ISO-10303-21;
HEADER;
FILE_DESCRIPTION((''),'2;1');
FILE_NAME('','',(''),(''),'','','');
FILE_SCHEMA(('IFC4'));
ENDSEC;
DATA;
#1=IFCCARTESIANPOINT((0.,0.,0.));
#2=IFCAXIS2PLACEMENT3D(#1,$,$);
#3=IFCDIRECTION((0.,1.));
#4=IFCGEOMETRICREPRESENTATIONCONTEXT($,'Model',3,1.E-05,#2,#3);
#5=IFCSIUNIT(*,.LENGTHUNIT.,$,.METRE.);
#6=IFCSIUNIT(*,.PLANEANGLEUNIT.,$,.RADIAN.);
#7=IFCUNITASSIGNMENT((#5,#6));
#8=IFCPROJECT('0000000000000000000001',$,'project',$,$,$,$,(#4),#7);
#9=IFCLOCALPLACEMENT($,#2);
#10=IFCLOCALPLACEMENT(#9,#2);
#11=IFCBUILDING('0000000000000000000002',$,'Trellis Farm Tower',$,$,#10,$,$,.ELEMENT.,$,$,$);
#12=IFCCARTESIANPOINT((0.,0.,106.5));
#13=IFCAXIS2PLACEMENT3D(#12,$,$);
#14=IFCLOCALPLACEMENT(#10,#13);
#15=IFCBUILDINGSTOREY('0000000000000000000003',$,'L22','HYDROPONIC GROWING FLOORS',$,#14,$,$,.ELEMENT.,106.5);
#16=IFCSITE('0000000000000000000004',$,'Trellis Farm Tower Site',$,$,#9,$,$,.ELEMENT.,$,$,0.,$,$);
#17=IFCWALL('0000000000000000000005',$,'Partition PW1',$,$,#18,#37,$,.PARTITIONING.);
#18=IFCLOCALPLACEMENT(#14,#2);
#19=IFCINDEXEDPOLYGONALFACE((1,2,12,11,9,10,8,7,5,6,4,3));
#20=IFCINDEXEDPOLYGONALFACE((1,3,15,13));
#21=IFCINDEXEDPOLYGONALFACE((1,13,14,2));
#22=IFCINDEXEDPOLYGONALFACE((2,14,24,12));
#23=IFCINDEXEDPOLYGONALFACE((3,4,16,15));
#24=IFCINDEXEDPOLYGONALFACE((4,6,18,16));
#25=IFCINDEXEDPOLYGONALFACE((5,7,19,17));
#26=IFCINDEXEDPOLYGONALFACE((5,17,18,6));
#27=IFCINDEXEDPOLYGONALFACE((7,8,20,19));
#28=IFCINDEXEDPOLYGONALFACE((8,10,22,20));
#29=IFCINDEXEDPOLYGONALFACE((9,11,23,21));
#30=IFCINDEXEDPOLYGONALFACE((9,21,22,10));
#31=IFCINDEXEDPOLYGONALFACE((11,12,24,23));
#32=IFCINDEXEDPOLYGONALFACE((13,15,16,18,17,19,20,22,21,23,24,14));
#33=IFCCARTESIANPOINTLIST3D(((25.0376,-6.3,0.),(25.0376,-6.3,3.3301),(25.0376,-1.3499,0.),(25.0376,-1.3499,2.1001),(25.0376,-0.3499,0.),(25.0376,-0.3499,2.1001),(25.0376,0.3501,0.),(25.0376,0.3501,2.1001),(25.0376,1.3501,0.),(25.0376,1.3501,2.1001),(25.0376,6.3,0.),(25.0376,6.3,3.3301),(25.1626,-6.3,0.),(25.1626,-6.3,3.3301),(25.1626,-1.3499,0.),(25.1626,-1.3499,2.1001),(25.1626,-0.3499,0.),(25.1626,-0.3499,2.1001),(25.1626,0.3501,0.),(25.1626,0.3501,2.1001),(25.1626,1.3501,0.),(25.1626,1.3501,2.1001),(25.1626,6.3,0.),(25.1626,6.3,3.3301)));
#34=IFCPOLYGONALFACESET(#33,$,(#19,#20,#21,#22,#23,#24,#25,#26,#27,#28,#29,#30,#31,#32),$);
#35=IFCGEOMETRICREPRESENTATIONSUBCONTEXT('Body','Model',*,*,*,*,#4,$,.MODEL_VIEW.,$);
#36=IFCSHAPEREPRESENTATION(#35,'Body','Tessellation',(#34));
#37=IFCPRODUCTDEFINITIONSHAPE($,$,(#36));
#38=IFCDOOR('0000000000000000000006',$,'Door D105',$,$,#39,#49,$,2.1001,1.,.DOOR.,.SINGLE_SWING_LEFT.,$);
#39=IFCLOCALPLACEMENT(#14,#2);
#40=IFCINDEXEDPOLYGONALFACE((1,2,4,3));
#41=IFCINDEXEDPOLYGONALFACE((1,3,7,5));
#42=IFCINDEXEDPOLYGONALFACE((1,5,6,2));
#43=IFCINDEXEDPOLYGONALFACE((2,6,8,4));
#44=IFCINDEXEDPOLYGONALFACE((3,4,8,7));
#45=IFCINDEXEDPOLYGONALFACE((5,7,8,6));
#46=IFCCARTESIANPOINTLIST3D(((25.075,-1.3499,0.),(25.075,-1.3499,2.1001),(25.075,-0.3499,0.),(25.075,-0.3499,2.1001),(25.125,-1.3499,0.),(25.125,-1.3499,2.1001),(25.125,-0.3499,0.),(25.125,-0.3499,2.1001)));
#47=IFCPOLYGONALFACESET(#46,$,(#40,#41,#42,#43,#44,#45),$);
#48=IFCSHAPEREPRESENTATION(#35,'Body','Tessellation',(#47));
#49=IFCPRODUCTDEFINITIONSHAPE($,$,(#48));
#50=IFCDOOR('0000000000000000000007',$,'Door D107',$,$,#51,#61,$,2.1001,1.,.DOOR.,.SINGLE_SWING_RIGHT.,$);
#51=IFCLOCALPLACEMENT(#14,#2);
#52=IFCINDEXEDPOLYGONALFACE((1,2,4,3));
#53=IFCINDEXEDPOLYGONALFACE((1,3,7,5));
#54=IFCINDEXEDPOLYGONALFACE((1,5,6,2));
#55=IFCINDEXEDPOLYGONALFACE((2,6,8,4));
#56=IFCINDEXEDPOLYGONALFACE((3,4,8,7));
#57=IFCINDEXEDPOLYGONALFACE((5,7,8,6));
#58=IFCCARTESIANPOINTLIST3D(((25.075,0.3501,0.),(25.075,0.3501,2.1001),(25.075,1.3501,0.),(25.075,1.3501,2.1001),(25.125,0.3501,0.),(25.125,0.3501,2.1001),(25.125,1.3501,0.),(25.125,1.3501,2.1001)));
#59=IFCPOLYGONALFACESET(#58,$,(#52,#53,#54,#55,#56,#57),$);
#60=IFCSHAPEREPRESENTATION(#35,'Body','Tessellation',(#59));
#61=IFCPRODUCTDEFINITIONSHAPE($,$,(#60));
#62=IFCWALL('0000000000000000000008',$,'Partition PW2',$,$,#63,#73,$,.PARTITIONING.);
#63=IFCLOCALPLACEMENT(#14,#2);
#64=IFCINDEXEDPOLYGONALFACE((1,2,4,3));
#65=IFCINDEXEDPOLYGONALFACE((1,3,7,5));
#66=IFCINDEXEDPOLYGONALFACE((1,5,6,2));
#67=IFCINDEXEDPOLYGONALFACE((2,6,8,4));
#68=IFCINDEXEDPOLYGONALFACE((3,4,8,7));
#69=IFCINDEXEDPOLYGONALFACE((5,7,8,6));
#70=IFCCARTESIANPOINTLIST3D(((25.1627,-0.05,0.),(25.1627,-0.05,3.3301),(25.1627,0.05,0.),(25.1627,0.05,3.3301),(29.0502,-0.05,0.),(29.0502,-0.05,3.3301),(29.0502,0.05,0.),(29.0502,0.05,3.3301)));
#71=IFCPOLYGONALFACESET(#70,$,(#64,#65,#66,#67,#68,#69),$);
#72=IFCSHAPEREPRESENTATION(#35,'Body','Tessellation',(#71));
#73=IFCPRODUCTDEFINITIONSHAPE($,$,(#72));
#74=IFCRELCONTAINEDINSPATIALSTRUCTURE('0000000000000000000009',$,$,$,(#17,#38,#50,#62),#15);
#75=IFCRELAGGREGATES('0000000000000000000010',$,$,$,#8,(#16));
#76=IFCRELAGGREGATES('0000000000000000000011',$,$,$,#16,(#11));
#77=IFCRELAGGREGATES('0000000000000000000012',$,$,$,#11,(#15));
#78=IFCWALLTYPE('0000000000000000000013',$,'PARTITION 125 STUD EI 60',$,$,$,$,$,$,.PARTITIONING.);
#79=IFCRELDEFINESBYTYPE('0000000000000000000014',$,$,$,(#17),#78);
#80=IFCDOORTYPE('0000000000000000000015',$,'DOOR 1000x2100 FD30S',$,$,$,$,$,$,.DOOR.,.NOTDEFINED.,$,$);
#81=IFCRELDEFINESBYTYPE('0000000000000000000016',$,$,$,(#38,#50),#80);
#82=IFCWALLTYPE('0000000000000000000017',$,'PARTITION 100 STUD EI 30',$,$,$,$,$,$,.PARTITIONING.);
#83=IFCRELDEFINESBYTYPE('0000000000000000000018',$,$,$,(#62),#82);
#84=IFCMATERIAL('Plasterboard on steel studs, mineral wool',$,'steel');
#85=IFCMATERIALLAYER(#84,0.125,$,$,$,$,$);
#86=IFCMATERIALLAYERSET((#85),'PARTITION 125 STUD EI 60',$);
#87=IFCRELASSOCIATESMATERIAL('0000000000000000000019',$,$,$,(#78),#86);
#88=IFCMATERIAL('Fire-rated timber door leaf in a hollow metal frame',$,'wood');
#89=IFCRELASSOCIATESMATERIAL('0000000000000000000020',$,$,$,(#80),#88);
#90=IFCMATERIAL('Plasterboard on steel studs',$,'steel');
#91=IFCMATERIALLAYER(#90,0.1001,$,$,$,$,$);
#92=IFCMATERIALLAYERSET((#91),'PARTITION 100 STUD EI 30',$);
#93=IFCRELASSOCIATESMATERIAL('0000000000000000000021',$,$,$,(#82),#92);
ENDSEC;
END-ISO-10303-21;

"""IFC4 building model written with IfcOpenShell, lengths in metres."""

from ifc_helpers import new_model, si_unit, direction, frame, frame_2d, origin, place, context, subcontext, project, spatial, rectangle, extrude, source, transform, mapped, material, layer, layer_set, type_object, element, fill, save


model = new_model("IFC4")

# Units and contexts
model_context = context("Model", 3, precision=1e-05, world=origin(), true_north=direction((0.0, 1.0)))
body_context = subcontext(model_context, "Body", "Model", "MODEL_VIEW")
ifc_project = project(units=[si_unit("LENGTHUNIT", "METRE"), si_unit("PLANEANGLEUNIT", "RADIAN")], contexts=[model_context])

# Site, building, storey
site_placement = place(None, origin())
site = spatial("IfcSite", under=ifc_project, at=site_placement, Name="Trellis Farm Tower Site", CompositionType="ELEMENT", RefElevation=0.0)
building_placement = place(site_placement, origin())
building = spatial("IfcBuilding", under=site, at=building_placement, Name="Trellis Farm Tower", CompositionType="ELEMENT")
storey_placement = place(building_placement, frame((0.0, 0.0, 106.5)))
storey = spatial("IfcBuildingStorey", under=building, at=storey_placement, Name="L22", Description="HYDROPONIC GROWING FLOORS", CompositionType="ELEMENT", Elevation=106.5)

# Wall, openings, doors
ifc_material_1 = material(Name="Plasterboard on steel studs, mineral wool", Category="steel")
ifc_layer_1 = layer(ifc_material_1, 0.125)
ifc_layer_set_1 = layer_set([ifc_layer_1], Name="PARTITION 125 STUD EI 60")
wall_type_1 = type_object("IfcWallType", Name="PARTITION 125 STUD EI 60", PredefinedType="PARTITIONING", material=ifc_layer_set_1)
shared_shape_1 = source(origin(), body_context, "Body", "SweptSolid", [
    extrude(rectangle(XDim=12.6001, YDim=0.125, at=frame_2d((6.3, 0.0))), origin(), (0.0, 0.0, 1.0), 3.3301),
])
wall_1_placement = place(storey_placement, frame((25.1001, 6.3, 0.0), z_axis=(0.0, 0.0, 1.0), x_axis=(0.0, -1.0, 0.0)))
wall_1 = element("IfcWall", 1, at=wall_1_placement, inside=storey, type_object=wall_type_1, Name="Partition PW1", PredefinedType="PARTITIONING", context=body_context, shape_type="MappedRepresentation", body=[
    mapped(shared_shape_1, transform((0.0, 0.0, 0.0))),
])
shared_shape_2 = source(origin(), body_context, "Body", "SweptSolid", [
    extrude(rectangle(XDim=1.0, YDim=2.1001, at=frame_2d((0.5, 1.05))), frame((0.0, 0.0725, 0.0), z_axis=(0.0, -1.0, 0.0), x_axis=(1.0, 0.0, 0.0)), (0.0, 0.0, 1.0), 0.145),
])
opening_1_placement = place(wall_1_placement, frame((6.6499, 0.0, 0.0)))
opening_1 = element("IfcOpeningElement", 2, at=opening_1_placement, cuts=wall_1, PredefinedType="OPENING", context=body_context, shape_type="MappedRepresentation", body=[
    mapped(shared_shape_2, transform((0.0, 0.0, 0.0))),
])
opening_2_placement = place(wall_1_placement, frame((4.95, 0.0, 0.0)))
opening_2 = element("IfcOpeningElement", 3, at=opening_2_placement, cuts=wall_1, PredefinedType="OPENING", context=body_context, shape_type="MappedRepresentation", body=[
    mapped(shared_shape_2, transform((0.0, 0.0, 0.0))),
])
ifc_material_2 = material(Name="Fire-rated timber door leaf in a hollow metal frame", Category="wood")
door_type_1 = type_object("IfcDoorType", Name="DOOR 1000x2100 FD30S", OperationType="NOTDEFINED", PredefinedType="DOOR", material=ifc_material_2)
shared_shape_3 = source(origin(), body_context, "Body", "SweptSolid", [
    extrude(rectangle(XDim=1.0, YDim=2.1001, at=frame_2d((0.5, 1.05))), frame((0.0, 0.0249, 0.0), z_axis=(0.0, -1.0, 0.0), x_axis=(1.0, 0.0, 0.0)), (0.0, 0.0, 1.0), 0.05),
])
door_1_placement = place(opening_1_placement, origin())
door_1 = element("IfcDoor", 4, at=door_1_placement, inside=storey, type_object=door_type_1, Name="Door D105", OperationType="SINGLE_SWING_LEFT", OverallHeight=2.1001, OverallWidth=1.0, PredefinedType="DOOR", context=body_context, shape_type="MappedRepresentation", body=[
    mapped(shared_shape_3, transform((0.0, 0.0, 0.0))),
])
fill(opening_1, door_1)
door_2_placement = place(opening_2_placement, origin())
door_2 = element("IfcDoor", 5, at=door_2_placement, inside=storey, type_object=door_type_1, Name="Door D107", OperationType="SINGLE_SWING_RIGHT", OverallHeight=2.1001, OverallWidth=1.0, PredefinedType="DOOR", context=body_context, shape_type="MappedRepresentation", body=[
    mapped(shared_shape_3, transform((0.0, 0.0, 0.0))),
])
fill(opening_2, door_2)

# Wall
ifc_material_3 = material(Name="Plasterboard on steel studs", Category="steel")
ifc_layer_2 = layer(ifc_material_3, 0.1001)
ifc_layer_set_2 = layer_set([ifc_layer_2], Name="PARTITION 100 STUD EI 30")
wall_type_2 = type_object("IfcWallType", Name="PARTITION 100 STUD EI 30", PredefinedType="PARTITIONING", material=ifc_layer_set_2)
shared_shape_4 = source(origin(), body_context, "Body", "SweptSolid", [
    extrude(rectangle(XDim=3.8875, YDim=0.1001, at=frame_2d((1.9438, 0.0))), origin(), (0.0, 0.0, 1.0), 3.3301),
])
wall_2_placement = place(storey_placement, frame((25.1626, 0.0, 0.0), z_axis=(0.0, 0.0, 1.0), x_axis=(1.0, 0.0, 0.0)))
element("IfcWall", 6, at=wall_2_placement, inside=storey, type_object=wall_type_2, Name="Partition PW2", PredefinedType="PARTITIONING", context=body_context, shape_type="MappedRepresentation", body=[
    mapped(shared_shape_4, transform((0.0, 0.0, 0.0))),
])

save(model, "model.ifc")
